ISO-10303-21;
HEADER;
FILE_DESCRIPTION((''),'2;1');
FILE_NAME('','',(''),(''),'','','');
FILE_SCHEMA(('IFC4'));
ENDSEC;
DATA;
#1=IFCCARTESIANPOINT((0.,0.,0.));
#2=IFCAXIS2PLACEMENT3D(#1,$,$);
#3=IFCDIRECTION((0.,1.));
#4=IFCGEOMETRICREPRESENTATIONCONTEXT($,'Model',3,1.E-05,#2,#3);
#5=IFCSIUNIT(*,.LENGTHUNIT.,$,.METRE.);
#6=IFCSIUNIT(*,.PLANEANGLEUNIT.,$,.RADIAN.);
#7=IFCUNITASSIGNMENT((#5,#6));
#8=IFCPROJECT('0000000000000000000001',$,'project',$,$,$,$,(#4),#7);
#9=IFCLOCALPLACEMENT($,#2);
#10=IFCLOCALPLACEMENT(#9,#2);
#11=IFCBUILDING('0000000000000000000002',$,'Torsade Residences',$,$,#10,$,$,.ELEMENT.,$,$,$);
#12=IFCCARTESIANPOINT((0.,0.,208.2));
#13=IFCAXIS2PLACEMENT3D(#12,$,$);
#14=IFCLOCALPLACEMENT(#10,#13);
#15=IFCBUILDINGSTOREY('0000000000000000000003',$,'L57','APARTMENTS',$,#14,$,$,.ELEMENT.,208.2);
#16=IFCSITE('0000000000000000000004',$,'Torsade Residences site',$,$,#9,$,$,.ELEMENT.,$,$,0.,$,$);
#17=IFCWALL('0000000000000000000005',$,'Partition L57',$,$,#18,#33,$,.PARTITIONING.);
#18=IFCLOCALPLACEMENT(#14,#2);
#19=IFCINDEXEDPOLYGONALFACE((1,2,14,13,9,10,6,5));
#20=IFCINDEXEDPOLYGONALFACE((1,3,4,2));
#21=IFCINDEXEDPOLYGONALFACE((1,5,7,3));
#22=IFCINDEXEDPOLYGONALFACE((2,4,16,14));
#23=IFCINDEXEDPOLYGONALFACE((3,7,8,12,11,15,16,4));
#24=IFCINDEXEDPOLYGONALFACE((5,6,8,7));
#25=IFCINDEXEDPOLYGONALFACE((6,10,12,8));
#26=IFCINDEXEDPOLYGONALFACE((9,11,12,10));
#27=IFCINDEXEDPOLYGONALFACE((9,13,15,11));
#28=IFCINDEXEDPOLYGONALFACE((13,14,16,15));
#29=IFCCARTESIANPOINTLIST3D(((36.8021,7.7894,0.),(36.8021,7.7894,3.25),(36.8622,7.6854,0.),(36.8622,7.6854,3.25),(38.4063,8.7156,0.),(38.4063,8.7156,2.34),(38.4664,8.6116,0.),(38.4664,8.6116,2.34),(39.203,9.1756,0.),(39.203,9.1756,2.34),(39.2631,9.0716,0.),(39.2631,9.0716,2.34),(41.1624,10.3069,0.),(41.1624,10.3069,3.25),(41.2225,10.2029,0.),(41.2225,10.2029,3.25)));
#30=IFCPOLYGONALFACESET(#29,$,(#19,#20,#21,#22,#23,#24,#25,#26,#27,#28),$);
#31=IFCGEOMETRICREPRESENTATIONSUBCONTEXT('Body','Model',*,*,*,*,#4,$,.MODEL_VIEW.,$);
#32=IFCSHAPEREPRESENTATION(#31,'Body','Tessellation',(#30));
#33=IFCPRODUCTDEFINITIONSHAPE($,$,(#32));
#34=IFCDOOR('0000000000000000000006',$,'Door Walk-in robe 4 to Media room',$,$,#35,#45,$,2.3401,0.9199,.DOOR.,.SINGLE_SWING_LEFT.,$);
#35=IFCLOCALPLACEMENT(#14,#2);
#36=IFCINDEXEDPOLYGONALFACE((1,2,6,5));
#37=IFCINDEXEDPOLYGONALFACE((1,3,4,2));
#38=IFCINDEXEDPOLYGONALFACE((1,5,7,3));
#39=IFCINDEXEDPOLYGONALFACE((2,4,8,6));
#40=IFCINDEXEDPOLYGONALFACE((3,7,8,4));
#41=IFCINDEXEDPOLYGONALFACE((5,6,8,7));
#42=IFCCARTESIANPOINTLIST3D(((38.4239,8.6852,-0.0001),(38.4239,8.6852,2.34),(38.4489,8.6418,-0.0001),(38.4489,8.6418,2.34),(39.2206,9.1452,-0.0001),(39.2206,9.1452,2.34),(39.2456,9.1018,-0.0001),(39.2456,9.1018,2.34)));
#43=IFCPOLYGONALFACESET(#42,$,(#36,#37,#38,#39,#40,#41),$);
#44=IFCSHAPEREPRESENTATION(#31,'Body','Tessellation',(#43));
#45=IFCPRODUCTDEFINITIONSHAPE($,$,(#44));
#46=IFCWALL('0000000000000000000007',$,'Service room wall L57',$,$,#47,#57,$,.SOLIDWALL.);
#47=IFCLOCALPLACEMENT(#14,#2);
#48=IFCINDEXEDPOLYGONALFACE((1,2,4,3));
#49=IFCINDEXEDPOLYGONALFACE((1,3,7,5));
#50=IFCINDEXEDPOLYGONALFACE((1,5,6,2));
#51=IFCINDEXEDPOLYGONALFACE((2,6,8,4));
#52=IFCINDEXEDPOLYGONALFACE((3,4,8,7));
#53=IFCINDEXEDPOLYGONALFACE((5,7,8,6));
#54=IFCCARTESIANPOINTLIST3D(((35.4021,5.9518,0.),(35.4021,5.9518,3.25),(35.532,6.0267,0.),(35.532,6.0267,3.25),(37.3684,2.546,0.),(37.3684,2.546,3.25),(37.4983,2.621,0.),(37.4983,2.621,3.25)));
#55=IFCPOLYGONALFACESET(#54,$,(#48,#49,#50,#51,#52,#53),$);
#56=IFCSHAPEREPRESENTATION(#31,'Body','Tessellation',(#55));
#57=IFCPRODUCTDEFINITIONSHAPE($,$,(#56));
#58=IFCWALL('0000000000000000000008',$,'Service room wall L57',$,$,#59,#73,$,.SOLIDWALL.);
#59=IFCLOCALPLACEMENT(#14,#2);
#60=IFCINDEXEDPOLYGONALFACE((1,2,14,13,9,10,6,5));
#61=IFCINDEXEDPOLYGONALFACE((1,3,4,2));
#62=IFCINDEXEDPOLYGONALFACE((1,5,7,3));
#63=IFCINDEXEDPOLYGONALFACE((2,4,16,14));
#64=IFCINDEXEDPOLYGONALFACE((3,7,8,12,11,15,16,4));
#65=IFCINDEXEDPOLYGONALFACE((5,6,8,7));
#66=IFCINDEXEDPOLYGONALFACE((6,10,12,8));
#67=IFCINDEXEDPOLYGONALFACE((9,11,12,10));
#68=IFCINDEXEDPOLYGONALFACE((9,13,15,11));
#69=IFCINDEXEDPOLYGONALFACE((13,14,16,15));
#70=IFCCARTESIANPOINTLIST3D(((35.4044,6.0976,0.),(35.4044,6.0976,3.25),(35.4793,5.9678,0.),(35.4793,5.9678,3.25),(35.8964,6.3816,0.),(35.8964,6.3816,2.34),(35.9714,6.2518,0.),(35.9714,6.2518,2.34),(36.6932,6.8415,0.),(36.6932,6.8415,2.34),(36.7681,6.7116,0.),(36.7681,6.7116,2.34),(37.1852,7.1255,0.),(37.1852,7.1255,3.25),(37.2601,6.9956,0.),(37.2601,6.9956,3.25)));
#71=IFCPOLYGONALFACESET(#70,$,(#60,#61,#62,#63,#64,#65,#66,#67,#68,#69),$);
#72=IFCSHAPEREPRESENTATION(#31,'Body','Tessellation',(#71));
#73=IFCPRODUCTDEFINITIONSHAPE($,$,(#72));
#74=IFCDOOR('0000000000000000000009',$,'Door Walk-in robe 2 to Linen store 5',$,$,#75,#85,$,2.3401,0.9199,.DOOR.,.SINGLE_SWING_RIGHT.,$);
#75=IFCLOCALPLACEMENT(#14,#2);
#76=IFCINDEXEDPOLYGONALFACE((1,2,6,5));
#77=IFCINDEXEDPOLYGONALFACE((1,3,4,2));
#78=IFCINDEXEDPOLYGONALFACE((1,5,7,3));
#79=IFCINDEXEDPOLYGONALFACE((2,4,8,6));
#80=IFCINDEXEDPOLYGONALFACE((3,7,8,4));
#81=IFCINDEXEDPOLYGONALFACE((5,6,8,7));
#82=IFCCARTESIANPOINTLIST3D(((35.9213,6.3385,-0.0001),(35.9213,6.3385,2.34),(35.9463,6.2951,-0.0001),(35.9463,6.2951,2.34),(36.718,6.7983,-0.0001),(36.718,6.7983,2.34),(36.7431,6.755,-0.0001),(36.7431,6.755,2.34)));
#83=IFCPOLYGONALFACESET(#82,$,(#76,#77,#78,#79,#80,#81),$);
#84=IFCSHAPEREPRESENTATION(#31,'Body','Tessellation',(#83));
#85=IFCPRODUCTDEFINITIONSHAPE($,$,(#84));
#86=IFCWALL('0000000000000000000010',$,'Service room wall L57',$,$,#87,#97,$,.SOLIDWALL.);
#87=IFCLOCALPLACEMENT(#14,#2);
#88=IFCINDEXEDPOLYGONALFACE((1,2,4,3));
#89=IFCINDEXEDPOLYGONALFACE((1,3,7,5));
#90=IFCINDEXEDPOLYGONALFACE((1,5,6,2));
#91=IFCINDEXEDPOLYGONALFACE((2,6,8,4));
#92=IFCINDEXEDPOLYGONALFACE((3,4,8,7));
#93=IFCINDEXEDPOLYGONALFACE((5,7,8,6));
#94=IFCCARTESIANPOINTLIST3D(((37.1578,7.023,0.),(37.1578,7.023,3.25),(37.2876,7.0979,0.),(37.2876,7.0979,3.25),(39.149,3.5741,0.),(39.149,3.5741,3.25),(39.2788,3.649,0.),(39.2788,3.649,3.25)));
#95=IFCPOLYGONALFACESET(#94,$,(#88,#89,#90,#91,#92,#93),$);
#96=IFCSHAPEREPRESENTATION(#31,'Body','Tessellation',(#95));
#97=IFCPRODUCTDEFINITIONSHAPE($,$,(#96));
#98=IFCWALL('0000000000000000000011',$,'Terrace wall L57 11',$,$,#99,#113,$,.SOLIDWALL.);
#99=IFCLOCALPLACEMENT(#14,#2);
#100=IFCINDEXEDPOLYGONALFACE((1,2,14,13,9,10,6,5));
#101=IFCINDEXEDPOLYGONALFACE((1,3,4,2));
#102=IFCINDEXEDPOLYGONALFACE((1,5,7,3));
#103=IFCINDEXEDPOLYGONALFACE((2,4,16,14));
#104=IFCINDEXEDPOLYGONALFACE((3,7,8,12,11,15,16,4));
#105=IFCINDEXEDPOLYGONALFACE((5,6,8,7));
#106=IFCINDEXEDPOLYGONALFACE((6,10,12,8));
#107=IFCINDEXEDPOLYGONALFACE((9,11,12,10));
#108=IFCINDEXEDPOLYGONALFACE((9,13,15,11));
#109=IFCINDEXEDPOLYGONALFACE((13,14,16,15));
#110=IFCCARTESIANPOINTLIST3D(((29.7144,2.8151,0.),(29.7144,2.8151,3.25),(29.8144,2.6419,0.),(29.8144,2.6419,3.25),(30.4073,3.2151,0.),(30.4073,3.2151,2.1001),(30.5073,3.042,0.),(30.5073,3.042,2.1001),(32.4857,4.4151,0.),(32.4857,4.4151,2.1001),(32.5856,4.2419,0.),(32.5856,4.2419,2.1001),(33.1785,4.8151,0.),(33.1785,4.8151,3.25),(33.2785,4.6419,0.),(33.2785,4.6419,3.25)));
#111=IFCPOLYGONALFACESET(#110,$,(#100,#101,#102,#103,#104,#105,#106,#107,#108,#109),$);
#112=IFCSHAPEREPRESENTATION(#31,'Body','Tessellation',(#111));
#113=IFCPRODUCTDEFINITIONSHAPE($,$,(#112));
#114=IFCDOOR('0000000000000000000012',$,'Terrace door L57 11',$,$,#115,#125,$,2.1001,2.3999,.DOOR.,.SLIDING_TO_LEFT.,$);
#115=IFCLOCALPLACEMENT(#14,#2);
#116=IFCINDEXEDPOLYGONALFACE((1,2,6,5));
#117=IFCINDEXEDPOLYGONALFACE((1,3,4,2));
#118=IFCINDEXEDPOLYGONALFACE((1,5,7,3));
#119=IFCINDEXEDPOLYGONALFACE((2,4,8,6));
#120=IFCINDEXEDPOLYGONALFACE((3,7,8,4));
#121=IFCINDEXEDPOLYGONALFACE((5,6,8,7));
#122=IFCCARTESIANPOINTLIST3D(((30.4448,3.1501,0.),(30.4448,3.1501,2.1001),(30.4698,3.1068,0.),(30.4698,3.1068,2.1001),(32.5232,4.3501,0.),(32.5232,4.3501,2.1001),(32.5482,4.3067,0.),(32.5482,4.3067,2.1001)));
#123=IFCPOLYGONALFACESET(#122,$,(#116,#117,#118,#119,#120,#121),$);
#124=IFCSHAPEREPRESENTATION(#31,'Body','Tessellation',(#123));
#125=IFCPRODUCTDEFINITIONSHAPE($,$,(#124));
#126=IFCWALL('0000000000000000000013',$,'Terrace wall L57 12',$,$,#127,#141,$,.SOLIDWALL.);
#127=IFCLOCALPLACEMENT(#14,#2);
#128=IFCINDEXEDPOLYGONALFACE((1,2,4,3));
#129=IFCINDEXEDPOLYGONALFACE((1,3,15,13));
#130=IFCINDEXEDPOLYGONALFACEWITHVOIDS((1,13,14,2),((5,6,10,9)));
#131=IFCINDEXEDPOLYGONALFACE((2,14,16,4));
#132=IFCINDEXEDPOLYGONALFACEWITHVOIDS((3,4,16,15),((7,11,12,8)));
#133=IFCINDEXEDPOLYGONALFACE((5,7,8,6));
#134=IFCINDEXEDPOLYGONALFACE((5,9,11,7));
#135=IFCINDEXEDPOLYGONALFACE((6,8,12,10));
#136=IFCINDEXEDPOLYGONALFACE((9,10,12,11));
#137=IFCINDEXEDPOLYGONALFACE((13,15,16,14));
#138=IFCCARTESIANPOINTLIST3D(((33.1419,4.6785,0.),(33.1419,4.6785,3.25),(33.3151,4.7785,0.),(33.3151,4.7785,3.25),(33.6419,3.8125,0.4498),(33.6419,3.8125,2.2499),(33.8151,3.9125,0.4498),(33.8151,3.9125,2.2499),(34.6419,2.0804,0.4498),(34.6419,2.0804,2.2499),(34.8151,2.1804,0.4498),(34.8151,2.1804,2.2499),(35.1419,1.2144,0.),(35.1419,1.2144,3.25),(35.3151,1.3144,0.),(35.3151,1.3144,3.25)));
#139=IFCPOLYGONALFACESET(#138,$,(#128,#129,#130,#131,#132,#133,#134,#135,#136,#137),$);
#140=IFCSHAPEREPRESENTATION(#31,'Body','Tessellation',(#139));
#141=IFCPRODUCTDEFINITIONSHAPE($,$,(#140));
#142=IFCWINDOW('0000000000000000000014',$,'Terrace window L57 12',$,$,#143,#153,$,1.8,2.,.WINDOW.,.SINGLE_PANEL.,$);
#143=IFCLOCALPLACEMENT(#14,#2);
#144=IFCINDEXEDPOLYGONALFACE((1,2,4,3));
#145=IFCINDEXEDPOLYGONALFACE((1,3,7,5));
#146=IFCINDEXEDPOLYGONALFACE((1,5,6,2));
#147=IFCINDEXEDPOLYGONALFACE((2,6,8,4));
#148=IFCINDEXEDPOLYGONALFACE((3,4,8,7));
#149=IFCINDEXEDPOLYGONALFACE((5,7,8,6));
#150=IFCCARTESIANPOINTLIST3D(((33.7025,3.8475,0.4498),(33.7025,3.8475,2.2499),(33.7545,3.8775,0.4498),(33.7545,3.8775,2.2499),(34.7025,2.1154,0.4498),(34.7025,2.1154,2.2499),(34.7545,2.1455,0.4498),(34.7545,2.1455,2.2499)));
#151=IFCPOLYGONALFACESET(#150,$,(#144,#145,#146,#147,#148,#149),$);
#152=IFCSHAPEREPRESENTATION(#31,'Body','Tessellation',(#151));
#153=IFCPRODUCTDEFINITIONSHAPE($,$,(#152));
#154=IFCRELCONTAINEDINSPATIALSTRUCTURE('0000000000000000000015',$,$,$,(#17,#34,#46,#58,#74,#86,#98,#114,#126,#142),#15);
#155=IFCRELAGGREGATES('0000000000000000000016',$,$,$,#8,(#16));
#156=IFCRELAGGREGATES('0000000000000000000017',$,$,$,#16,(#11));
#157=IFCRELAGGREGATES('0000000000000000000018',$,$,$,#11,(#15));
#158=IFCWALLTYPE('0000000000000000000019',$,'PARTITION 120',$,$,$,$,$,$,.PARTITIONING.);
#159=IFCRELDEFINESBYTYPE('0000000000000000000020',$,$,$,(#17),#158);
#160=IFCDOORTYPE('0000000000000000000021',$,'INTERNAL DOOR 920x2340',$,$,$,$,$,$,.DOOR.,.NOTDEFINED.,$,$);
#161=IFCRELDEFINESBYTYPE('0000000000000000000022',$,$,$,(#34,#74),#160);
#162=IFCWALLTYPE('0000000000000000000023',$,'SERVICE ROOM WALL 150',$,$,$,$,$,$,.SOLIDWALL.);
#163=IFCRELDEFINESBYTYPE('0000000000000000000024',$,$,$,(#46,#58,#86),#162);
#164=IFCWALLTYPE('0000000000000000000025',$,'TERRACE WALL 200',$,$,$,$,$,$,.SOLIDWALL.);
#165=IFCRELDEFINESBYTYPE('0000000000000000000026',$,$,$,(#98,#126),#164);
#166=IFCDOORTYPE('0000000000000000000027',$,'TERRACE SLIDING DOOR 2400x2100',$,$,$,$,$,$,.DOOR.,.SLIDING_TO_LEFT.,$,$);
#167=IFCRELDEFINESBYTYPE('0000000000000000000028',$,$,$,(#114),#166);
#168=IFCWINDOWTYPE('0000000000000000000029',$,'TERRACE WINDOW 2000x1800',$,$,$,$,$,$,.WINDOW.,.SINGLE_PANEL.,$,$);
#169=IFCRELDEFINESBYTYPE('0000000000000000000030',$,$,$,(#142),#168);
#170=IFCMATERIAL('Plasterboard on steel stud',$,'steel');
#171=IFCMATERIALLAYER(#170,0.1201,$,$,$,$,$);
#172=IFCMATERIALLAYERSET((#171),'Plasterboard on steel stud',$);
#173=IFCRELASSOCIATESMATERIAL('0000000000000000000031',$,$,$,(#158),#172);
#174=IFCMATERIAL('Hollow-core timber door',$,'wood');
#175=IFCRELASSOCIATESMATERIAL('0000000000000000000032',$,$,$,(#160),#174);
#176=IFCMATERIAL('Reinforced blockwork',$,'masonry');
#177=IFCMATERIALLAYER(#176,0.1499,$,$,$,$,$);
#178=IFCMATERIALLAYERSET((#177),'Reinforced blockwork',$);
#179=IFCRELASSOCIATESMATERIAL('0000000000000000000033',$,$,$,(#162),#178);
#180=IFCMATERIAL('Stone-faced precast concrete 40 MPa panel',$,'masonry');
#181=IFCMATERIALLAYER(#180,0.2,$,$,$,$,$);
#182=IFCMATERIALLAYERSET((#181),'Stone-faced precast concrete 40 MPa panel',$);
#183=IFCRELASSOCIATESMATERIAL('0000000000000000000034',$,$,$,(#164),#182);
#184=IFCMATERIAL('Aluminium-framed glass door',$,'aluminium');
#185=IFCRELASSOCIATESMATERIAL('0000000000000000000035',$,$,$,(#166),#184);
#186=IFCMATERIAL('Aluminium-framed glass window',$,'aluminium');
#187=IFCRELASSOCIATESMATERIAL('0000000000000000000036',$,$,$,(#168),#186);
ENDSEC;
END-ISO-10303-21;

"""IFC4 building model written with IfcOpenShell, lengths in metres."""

from ifc_helpers import new_model, si_unit, direction, frame, frame_2d, origin, place, context, subcontext, project, spatial, rectangle, extrude, material, layer, layer_set, type_object, element, fill, save


model = new_model("IFC4")

# Units and contexts
model_context = context("Model", 3, precision=1e-05, world=origin(), true_north=direction((0.0, 1.0)))
body_context = subcontext(model_context, "Body", "Model", "MODEL_VIEW")
ifc_project = project(units=[si_unit("LENGTHUNIT", "METRE"), si_unit("PLANEANGLEUNIT", "RADIAN")], contexts=[model_context])

# Site, building, storey
site_placement = place(None, origin())
site = spatial("IfcSite", under=ifc_project, at=site_placement, Name="Torsade Residences site", CompositionType="ELEMENT", RefElevation=0.0)
building_placement = place(site_placement, origin())
building = spatial("IfcBuilding", under=site, at=building_placement, Name="Torsade Residences", CompositionType="ELEMENT")
storey_placement = place(building_placement, frame((0.0, 0.0, 208.2)))
storey = spatial("IfcBuildingStorey", under=building, at=storey_placement, Name="L57", Description="APARTMENTS", CompositionType="ELEMENT", Elevation=208.2)

# Wall, opening, door
ifc_material_1 = material(Name="Plasterboard on steel stud", Category="steel")
ifc_layer_1 = layer(ifc_material_1, 0.1201)
ifc_layer_set_1 = layer_set([ifc_layer_1], Name="Plasterboard on steel stud")
wall_type_1 = type_object("IfcWallType", Name="PARTITION 120", PredefinedType="PARTITIONING", material=ifc_layer_set_1)
wall_1_placement = place(storey_placement, frame((36.832, 7.7373, 0.0), z_axis=(0.0, 0.0, 1.0), x_axis=(0.866014, 0.500019, 0.0)))
wall_1 = element("IfcWall", 1, at=wall_1_placement, inside=storey, type_object=wall_type_1, Name="Partition L57", PredefinedType="PARTITIONING", context=body_context, shape_type="SweptSolid", body=[
    extrude(rectangle(XDim=5.0349, YDim=0.1201, at=frame_2d((2.5176, 0.0))), origin(), (0.0, 0.0, 1.0), 3.25),
])
opening_1_placement = place(wall_1_placement, frame((1.8525, 0.0, 0.0)))
opening_1 = element("IfcOpeningElement", 2, at=opening_1_placement, cuts=wall_1, PredefinedType="OPENING", context=body_context, shape_type="SweptSolid", body=[
    extrude(rectangle(XDim=0.9199, YDim=2.3401, at=frame_2d((0.46, 1.1699))), frame((0.0, 0.0701, 0.0), z_axis=(0.0, -1.0, 0.0), x_axis=(1.0, 0.0, 0.0)), (0.0, 0.0, 1.0), 0.1401),
])
ifc_material_2 = material(Name="Hollow-core timber door", Category="wood")
door_type_1 = type_object("IfcDoorType", Name="INTERNAL DOOR 920x2340", OperationType="NOTDEFINED", PredefinedType="DOOR", material=ifc_material_2)
door_1_placement = place(opening_1_placement, origin())
door_1 = element("IfcDoor", 3, at=door_1_placement, inside=storey, type_object=door_type_1, Name="Door Walk-in robe 4 to Media room", OperationType="SINGLE_SWING_LEFT", OverallHeight=2.3401, OverallWidth=0.9199, PredefinedType="DOOR", context=body_context, shape_type="SweptSolid", body=[
    extrude(rectangle(XDim=0.9199, YDim=2.3401, at=frame_2d((0.46, 1.1699))), frame((0.0, 0.0249, 0.0), z_axis=(0.0, -1.0, 0.0), x_axis=(1.0, 0.0, 0.0)), (0.0, 0.0, 1.0), 0.05),
])
fill(opening_1, door_1)

# Wall
ifc_material_3 = material(Name="Reinforced blockwork", Category="masonry")
ifc_layer_2 = layer(ifc_material_3, 0.1499)
ifc_layer_set_2 = layer_set([ifc_layer_2], Name="Reinforced blockwork")
wall_type_2 = type_object("IfcWallType", Name="SERVICE ROOM WALL 150", PredefinedType="SOLIDWALL", material=ifc_layer_set_2)
wall_2_placement = place(storey_placement, frame((35.467, 5.9893, 0.0), z_axis=(0.0, 0.0, 1.0), x_axis=(0.499998, -0.866026, 0.0)))
element("IfcWall", 4, at=wall_2_placement, inside=storey, type_object=wall_type_2, Name="Service room wall L57", PredefinedType="SOLIDWALL", context=body_context, shape_type="SweptSolid", body=[
    extrude(rectangle(XDim=3.9326, YDim=0.1499, at=frame_2d((1.9663, 0.0))), origin(), (0.0, 0.0, 1.0), 3.25),
])

# Wall, opening, door
wall_3_placement = place(storey_placement, frame((37.2227, 7.0605, 0.0), z_axis=(0.0, 0.0, 1.0), x_axis=(-0.866087, -0.499894, 0.0)))
wall_3 = element("IfcWall", 5, at=wall_3_placement, inside=storey, type_object=wall_type_2, Name="Service room wall L57", PredefinedType="SOLIDWALL", context=body_context, shape_type="SweptSolid", body=[
    extrude(rectangle(XDim=2.0562, YDim=0.1499, at=frame_2d((1.0281, 0.0))), origin(), (0.0, 0.0, 1.0), 3.25),
])
opening_2_placement = place(wall_3_placement, frame((0.5681, 0.0, 0.0)))
opening_2 = element("IfcOpeningElement", 6, at=opening_2_placement, cuts=wall_3, PredefinedType="OPENING", context=body_context, shape_type="SweptSolid", body=[
    extrude(rectangle(XDim=0.9199, YDim=2.3401, at=frame_2d((0.46, 1.1699))), frame((0.0, 0.085, 0.0), z_axis=(0.0, -1.0, 0.0), x_axis=(1.0, 0.0, 0.0)), (0.0, 0.0, 1.0), 0.1699),
])
door_2_placement = place(opening_2_placement, origin())
door_2 = element("IfcDoor", 7, at=door_2_placement, inside=storey, type_object=door_type_1, Name="Door Walk-in robe 2 to Linen store 5", OperationType="SINGLE_SWING_RIGHT", OverallHeight=2.3401, OverallWidth=0.9199, PredefinedType="DOOR", context=body_context, shape_type="SweptSolid", body=[
    extrude(rectangle(XDim=0.9199, YDim=2.3401, at=frame_2d((0.46, 1.1699))), frame((0.0, 0.0249, 0.0), z_axis=(0.0, -1.0, 0.0), x_axis=(1.0, 0.0, 0.0)), (0.0, 0.0, 1.0), 0.05),
])
fill(opening_2, door_2)

# Wall
wall_4_placement = place(storey_placement, frame((39.2139, 3.6116, 0.0), z_axis=(0.0, 0.0, 1.0), x_axis=(-0.49999, 0.866031, 0.0)))
element("IfcWall", 8, at=wall_4_placement, inside=storey, type_object=wall_type_2, Name="Service room wall L57", PredefinedType="SOLIDWALL", context=body_context, shape_type="SweptSolid", body=[
    extrude(rectangle(XDim=3.9824, YDim=0.1499, at=frame_2d((1.9912, 0.0))), origin(), (0.0, 0.0, 1.0), 3.25),
])

# Wall, opening, door
ifc_material_4 = material(Name="Stone-faced precast concrete 40 MPa panel", Category="masonry")
ifc_layer_3 = layer(ifc_material_4, 0.2)
ifc_layer_set_3 = layer_set([ifc_layer_3], Name="Stone-faced precast concrete 40 MPa panel")
wall_type_3 = type_object("IfcWallType", Name="TERRACE WALL 200", PredefinedType="SOLIDWALL", material=ifc_layer_set_3)
wall_5_placement = place(storey_placement, frame((29.7644, 2.7285, 0.0), z_axis=(0.0, 0.0, 1.0), x_axis=(0.866026, 0.499999, 0.0)))
wall_5 = element("IfcWall", 9, at=wall_5_placement, inside=storey, type_object=wall_type_3, Name="Terrace wall L57 11", PredefinedType="SOLIDWALL", context=body_context, shape_type="SweptSolid", body=[
    extrude(rectangle(XDim=4.0, YDim=0.2, at=frame_2d((2.0, 0.0))), origin(), (0.0, 0.0, 1.0), 3.25),
])
opening_3_placement = place(wall_5_placement, frame((0.8, 0.0, 0.0)))
opening_3 = element("IfcOpeningElement", 10, at=opening_3_placement, cuts=wall_5, PredefinedType="OPENING", context=body_context, shape_type="SweptSolid", body=[
    extrude(rectangle(XDim=2.3999, YDim=2.1001, at=frame_2d((1.2, 1.05))), frame((0.0, 0.1099, 0.0), z_axis=(0.0, -1.0, 0.0), x_axis=(1.0, 0.0, 0.0)), (0.0, 0.0, 1.0), 0.22),
])
ifc_material_5 = material(Name="Aluminium-framed glass door", Category="aluminium")
door_type_2 = type_object("IfcDoorType", Name="TERRACE SLIDING DOOR 2400x2100", OperationType="SLIDING_TO_LEFT", PredefinedType="DOOR", material=ifc_material_5)
door_3_placement = place(opening_3_placement, origin())
door_3 = element("IfcDoor", 11, at=door_3_placement, inside=storey, type_object=door_type_2, Name="Terrace door L57 11", OperationType="SLIDING_TO_LEFT", OverallHeight=2.1001, OverallWidth=2.3999, PredefinedType="DOOR", context=body_context, shape_type="SweptSolid", body=[
    extrude(rectangle(XDim=2.3999, YDim=2.1001, at=frame_2d((1.2, 1.05))), frame((0.0, 0.0249, 0.0), z_axis=(0.0, -1.0, 0.0), x_axis=(1.0, 0.0, 0.0)), (0.0, 0.0, 1.0), 0.05),
])
fill(opening_3, door_3)

# Wall, opening, window
wall_6_placement = place(storey_placement, frame((33.2285, 4.7285, 0.0), z_axis=(0.0, 0.0, 1.0), x_axis=(0.499999, -0.866026, 0.0)))
wall_6 = element("IfcWall", 12, at=wall_6_placement, inside=storey, type_object=wall_type_3, Name="Terrace wall L57 12", PredefinedType="SOLIDWALL", context=body_context, shape_type="SweptSolid", body=[
    extrude(rectangle(XDim=4.0, YDim=0.2, at=frame_2d((2.0, 0.0))), origin(), (0.0, 0.0, 1.0), 3.25),
])
opening_4_placement = place(wall_6_placement, frame((1.0, 0.0, 0.45)))
opening_4 = element("IfcOpeningElement", 13, at=opening_4_placement, cuts=wall_6, PredefinedType="OPENING", context=body_context, shape_type="SweptSolid", body=[
    extrude(rectangle(XDim=2.0, YDim=1.8, at=frame_2d((1.0, 0.8999))), frame((0.0, 0.1099, 0.0), z_axis=(0.0, -1.0, 0.0), x_axis=(1.0, 0.0, 0.0)), (0.0, 0.0, 1.0), 0.22),
])
ifc_material_6 = material(Name="Aluminium-framed glass window", Category="aluminium")
window_type = type_object("IfcWindowType", Name="TERRACE WINDOW 2000x1800", PartitioningType="SINGLE_PANEL", PredefinedType="WINDOW", material=ifc_material_6)
window_placement = place(opening_4_placement, origin())
window = element("IfcWindow", 14, at=window_placement, inside=storey, type_object=window_type, Name="Terrace window L57 12", OverallHeight=1.8, OverallWidth=2.0, PartitioningType="SINGLE_PANEL", PredefinedType="WINDOW", context=body_context, shape_type="SweptSolid", body=[
    extrude(rectangle(XDim=2.0, YDim=1.8, at=frame_2d((1.0, 0.8999))), frame((0.0, 0.03, 0.0), z_axis=(0.0, -1.0, 0.0), x_axis=(1.0, 0.0, 0.0)), (0.0, 0.0, 1.0), 0.0601),
])
fill(opening_4, window)

save(model, "model.ifc")
